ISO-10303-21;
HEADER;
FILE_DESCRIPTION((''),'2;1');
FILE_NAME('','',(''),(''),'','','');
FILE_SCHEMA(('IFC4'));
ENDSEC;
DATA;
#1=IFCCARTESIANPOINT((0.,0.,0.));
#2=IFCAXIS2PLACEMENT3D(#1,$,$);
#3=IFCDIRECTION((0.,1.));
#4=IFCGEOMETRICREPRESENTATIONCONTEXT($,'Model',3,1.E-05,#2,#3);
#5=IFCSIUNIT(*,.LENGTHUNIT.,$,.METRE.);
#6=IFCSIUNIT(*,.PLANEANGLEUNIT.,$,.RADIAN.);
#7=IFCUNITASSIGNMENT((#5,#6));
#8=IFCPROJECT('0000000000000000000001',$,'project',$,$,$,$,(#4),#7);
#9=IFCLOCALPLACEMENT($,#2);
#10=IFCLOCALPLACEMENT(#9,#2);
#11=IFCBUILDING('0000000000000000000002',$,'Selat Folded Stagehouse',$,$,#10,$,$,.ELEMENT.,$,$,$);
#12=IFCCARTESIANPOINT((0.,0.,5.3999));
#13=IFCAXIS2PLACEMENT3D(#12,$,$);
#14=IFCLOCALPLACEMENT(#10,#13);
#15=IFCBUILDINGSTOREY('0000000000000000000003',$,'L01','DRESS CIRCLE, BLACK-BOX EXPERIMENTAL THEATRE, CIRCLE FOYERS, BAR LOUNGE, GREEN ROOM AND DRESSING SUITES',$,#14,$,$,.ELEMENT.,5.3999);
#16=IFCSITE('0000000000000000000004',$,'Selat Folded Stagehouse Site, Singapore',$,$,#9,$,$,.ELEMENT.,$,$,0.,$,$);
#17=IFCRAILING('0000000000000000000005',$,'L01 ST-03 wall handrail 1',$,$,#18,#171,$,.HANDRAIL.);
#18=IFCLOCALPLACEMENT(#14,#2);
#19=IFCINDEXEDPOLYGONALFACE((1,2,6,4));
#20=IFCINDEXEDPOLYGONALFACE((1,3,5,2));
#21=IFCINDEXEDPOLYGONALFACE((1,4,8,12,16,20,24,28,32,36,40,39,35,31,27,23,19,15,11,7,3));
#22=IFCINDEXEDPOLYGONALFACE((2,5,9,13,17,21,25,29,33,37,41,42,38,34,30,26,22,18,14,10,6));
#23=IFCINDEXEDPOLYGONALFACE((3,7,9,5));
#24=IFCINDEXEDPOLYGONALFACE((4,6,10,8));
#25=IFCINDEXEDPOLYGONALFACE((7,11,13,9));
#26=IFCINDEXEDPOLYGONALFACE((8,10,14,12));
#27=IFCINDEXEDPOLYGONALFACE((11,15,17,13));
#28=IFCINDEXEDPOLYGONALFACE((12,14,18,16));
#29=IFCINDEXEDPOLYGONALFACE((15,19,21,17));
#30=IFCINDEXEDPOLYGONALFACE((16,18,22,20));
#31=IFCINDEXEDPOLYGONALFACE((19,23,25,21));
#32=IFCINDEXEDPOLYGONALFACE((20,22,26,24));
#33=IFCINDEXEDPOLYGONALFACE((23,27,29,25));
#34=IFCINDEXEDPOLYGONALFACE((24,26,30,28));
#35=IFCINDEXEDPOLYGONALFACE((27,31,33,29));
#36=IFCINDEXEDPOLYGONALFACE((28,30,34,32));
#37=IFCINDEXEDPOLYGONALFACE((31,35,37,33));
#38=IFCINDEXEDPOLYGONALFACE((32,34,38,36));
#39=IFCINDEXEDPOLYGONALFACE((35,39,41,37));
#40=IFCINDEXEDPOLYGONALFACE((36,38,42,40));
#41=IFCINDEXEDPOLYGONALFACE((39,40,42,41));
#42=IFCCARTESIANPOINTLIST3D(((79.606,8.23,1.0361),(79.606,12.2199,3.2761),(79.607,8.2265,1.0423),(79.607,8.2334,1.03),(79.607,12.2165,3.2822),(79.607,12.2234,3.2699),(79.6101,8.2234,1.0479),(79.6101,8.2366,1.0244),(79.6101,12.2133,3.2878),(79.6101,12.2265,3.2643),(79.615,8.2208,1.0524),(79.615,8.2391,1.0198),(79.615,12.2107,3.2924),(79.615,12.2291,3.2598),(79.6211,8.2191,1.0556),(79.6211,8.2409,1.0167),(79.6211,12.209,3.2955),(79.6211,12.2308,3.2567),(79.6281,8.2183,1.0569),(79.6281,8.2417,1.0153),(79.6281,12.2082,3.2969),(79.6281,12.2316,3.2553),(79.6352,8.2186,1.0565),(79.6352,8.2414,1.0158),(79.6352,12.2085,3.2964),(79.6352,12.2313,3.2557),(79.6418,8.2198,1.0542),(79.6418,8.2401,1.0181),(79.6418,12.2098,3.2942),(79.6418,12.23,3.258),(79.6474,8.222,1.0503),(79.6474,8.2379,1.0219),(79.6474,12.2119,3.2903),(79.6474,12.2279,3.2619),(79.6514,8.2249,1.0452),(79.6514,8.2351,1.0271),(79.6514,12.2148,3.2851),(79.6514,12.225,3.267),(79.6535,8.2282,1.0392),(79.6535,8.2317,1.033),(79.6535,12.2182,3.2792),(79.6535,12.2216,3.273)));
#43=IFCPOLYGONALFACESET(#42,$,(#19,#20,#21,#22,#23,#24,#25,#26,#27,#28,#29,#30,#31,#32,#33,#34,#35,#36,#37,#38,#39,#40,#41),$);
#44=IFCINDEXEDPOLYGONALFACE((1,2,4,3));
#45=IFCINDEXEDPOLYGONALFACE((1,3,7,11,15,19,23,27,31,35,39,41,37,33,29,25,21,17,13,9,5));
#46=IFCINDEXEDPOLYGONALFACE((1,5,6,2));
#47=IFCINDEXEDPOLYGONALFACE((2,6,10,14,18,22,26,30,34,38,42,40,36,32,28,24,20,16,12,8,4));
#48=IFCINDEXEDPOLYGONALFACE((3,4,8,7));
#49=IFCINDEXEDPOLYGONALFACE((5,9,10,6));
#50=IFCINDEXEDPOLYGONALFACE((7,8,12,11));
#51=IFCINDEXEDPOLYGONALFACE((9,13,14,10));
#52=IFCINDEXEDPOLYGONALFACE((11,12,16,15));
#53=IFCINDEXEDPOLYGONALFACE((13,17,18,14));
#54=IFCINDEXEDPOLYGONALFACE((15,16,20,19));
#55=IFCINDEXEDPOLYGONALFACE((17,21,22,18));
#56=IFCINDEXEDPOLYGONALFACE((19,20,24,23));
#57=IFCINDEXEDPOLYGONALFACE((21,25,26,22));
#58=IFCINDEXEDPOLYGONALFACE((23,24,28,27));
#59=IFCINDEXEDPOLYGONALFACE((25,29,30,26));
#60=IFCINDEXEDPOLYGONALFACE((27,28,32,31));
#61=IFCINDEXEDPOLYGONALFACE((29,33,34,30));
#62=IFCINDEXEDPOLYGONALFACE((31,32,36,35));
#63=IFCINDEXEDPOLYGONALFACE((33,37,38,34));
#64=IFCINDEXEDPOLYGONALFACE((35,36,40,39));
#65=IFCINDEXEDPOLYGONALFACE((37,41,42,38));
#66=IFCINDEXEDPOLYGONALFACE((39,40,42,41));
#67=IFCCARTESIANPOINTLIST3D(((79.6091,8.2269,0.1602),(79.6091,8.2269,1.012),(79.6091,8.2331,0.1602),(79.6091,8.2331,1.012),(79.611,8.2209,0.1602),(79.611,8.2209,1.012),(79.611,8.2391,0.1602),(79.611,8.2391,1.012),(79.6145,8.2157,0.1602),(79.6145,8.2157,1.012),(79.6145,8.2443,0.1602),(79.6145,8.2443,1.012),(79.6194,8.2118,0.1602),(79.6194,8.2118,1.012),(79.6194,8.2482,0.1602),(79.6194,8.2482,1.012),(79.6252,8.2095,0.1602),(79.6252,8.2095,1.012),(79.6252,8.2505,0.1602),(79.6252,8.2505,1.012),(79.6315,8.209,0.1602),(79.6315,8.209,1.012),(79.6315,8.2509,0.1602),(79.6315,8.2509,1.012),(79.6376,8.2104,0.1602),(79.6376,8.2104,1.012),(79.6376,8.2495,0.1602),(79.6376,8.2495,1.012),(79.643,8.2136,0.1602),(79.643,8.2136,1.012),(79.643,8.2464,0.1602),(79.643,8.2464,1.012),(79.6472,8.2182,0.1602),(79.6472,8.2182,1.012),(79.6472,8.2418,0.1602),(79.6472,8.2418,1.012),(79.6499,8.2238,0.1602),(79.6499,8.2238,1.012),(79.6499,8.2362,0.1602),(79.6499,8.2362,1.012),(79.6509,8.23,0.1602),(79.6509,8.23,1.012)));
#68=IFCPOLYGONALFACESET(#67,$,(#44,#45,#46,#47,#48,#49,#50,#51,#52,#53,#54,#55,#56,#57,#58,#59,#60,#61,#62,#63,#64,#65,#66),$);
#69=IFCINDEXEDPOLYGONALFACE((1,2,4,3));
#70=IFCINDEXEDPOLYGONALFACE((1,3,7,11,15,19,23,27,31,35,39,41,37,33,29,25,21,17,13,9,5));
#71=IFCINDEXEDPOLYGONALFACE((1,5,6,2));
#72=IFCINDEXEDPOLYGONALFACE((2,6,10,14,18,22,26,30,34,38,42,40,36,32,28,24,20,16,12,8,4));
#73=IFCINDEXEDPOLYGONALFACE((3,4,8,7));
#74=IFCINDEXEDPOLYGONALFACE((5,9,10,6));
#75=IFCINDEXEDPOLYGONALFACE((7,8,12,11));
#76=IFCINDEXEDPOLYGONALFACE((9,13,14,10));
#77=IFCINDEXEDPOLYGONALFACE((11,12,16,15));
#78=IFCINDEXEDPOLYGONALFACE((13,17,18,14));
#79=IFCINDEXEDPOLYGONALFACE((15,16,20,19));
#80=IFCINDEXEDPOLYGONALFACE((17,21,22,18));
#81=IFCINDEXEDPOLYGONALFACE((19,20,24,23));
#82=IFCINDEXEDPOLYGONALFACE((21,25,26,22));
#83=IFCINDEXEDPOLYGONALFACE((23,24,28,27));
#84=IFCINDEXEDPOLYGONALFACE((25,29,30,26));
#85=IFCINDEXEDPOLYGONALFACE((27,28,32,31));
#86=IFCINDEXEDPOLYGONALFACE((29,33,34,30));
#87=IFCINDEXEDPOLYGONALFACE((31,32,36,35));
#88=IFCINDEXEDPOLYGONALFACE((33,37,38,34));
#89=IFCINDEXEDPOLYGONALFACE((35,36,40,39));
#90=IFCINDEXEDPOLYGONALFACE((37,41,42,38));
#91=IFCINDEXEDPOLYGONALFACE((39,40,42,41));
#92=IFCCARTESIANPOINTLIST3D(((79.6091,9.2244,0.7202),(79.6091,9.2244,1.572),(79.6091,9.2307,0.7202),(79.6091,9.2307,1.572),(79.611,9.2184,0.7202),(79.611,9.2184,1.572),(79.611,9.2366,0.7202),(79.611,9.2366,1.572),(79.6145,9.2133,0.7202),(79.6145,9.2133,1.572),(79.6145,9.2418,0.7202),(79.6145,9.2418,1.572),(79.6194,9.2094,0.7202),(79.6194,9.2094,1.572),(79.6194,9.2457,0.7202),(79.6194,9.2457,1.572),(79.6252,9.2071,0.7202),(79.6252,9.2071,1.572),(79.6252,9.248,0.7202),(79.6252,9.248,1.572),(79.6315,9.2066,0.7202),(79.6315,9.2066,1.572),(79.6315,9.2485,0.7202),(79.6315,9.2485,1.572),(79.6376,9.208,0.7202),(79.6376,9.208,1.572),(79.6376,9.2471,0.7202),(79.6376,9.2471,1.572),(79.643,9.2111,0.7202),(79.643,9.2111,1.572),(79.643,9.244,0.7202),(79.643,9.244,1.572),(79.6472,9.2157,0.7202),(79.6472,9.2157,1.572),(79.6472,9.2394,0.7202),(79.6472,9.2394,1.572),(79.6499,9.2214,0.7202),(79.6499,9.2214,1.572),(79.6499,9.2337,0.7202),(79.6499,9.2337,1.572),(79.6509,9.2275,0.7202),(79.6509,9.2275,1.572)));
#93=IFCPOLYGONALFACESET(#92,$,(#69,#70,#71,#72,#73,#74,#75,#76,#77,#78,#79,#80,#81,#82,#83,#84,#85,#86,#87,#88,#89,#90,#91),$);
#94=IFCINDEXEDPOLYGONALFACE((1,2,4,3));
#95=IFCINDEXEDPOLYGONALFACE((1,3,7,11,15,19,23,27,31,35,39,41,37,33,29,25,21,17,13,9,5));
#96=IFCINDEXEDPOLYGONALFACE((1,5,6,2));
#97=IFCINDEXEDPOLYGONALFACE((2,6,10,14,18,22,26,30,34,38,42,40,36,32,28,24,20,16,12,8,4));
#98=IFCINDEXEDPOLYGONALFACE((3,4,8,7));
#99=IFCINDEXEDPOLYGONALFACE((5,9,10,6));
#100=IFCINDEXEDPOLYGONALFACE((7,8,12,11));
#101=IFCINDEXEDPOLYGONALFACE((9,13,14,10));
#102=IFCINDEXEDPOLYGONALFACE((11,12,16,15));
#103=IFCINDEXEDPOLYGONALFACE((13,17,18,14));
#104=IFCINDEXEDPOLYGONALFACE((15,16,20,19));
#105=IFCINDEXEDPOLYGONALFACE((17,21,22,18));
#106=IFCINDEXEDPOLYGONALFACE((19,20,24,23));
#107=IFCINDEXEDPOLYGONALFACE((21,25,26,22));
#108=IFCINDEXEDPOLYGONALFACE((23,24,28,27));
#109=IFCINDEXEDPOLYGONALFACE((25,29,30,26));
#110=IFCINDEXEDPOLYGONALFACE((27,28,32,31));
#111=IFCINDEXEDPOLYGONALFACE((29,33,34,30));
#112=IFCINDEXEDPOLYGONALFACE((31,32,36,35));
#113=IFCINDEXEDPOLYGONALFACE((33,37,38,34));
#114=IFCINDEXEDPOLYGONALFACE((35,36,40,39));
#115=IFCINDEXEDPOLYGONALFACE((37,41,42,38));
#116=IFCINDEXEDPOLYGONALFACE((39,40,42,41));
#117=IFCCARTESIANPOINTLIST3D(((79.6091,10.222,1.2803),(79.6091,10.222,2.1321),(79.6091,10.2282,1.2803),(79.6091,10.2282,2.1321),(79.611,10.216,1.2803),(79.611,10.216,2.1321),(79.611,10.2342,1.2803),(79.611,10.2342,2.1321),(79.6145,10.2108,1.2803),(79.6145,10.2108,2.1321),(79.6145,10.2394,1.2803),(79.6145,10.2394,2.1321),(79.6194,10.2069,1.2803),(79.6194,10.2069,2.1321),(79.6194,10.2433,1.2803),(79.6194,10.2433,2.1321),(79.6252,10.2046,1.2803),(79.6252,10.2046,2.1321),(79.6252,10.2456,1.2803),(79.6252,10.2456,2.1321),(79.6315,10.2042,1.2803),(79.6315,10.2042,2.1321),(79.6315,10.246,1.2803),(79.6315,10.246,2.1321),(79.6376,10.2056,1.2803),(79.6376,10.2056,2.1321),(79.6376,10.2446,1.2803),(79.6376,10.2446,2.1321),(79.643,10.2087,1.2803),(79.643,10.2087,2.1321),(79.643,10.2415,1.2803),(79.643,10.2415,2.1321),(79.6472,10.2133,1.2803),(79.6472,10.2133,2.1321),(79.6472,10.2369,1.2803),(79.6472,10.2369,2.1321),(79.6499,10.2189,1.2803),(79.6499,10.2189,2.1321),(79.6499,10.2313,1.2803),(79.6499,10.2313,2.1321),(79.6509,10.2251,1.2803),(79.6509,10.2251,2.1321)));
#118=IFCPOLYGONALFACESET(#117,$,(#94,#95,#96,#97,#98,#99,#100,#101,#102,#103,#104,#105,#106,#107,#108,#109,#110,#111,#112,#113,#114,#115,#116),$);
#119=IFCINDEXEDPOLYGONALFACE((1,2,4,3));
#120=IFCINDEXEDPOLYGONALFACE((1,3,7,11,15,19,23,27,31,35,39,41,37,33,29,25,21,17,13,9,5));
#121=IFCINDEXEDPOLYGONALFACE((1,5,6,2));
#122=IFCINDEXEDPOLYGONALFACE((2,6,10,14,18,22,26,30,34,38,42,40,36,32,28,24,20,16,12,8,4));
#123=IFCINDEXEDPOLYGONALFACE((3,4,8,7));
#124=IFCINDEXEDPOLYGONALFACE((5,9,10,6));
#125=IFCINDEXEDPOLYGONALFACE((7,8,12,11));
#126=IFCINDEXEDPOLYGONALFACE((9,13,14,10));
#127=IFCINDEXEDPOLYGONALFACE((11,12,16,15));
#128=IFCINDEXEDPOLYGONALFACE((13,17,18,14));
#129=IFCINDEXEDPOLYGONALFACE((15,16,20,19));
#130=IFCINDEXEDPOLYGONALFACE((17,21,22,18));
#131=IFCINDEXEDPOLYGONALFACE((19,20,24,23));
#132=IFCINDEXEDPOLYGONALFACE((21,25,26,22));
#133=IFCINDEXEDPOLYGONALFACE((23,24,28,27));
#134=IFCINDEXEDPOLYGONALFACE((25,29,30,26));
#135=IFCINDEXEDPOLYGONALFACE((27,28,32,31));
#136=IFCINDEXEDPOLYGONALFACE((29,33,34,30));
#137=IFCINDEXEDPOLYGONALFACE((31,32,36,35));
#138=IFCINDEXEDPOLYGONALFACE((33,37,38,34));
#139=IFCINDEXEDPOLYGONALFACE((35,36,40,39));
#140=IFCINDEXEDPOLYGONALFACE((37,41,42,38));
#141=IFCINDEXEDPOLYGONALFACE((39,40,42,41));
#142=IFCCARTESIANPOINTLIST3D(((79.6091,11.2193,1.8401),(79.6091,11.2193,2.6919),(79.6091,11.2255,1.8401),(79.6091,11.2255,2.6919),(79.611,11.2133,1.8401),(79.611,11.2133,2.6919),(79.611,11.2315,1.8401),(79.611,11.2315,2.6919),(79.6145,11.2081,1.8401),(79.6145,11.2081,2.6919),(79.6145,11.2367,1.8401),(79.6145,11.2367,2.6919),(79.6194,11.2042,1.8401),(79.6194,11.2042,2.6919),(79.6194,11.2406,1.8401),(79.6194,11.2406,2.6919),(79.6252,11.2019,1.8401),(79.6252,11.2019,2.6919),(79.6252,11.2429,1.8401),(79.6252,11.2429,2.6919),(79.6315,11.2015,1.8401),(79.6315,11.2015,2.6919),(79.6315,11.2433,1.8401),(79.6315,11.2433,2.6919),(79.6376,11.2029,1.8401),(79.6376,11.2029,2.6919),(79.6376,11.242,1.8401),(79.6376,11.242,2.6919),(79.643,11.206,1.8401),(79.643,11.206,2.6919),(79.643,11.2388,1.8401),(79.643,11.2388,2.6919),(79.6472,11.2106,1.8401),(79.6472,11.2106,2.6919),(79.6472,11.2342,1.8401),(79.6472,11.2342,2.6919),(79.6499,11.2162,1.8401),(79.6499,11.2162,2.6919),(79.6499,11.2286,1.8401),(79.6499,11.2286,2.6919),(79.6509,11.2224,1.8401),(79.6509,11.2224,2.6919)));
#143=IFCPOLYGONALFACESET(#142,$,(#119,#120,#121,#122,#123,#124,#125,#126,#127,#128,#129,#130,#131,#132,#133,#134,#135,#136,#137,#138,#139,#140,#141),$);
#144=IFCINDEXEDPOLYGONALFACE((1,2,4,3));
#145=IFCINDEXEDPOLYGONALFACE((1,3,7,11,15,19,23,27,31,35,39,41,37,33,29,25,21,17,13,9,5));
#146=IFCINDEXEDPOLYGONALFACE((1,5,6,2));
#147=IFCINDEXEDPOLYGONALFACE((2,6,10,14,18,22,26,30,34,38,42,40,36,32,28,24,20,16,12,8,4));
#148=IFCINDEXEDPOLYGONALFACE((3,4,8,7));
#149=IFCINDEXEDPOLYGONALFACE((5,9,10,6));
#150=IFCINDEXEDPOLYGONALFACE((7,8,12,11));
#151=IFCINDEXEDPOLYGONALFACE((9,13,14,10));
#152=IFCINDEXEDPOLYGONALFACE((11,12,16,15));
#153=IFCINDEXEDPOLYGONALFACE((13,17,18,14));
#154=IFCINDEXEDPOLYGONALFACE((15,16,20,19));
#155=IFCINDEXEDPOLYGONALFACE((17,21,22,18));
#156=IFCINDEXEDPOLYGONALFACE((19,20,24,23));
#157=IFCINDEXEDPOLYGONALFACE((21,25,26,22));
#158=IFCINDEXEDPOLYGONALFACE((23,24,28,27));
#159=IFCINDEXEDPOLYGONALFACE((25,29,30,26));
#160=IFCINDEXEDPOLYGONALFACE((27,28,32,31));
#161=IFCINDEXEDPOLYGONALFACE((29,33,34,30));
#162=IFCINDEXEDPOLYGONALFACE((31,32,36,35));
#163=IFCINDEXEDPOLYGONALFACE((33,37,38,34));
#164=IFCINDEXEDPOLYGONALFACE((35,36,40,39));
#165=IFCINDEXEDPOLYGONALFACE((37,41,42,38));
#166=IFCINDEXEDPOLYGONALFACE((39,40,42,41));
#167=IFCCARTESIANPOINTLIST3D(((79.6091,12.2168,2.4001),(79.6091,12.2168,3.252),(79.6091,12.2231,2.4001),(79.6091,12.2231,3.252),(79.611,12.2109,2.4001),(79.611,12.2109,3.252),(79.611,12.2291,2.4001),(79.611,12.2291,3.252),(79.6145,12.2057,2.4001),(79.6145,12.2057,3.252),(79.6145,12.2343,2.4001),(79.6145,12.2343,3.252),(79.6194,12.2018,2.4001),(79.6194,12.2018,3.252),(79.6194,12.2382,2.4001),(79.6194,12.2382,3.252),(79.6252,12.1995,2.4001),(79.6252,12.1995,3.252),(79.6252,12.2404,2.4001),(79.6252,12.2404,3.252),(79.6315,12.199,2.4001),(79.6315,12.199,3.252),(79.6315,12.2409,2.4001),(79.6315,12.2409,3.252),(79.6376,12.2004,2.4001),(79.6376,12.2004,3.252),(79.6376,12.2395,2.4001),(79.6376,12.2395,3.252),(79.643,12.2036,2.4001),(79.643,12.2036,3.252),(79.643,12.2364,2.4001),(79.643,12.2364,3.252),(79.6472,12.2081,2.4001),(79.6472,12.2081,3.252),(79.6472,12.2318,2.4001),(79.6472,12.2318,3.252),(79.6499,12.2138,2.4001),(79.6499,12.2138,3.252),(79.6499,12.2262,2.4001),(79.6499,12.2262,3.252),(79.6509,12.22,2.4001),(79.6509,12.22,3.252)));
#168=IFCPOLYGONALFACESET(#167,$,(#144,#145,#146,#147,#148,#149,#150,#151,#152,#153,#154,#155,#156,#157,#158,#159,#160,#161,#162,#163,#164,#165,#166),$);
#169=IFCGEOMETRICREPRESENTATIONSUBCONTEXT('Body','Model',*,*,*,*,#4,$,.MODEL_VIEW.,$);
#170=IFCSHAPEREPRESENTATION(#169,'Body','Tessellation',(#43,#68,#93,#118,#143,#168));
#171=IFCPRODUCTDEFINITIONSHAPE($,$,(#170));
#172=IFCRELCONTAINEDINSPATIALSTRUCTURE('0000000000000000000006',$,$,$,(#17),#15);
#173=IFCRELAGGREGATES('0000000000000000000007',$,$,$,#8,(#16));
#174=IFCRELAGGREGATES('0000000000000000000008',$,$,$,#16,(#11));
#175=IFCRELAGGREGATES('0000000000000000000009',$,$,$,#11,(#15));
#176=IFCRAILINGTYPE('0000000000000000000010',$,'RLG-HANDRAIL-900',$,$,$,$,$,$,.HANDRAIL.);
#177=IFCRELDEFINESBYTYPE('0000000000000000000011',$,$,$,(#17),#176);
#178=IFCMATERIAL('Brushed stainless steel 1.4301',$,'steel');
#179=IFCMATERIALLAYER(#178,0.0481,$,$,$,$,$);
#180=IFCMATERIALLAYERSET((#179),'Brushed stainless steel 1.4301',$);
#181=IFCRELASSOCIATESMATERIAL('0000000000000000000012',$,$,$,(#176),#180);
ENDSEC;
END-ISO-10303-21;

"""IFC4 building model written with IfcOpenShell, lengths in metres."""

from ifc_helpers import new_model, si_unit, direction, frame, origin, origin_2d, place, context, subcontext, project, spatial, circle, extrude, material, layer, layer_set, type_object, element, save


model = new_model("IFC4")

# Units and contexts
model_context = context("Model", 3, precision=1e-05, world=origin(), true_north=direction((0.0, 1.0)))
body_context = subcontext(model_context, "Body", "Model", "MODEL_VIEW")
ifc_project = project(units=[si_unit("LENGTHUNIT", "METRE"), si_unit("PLANEANGLEUNIT", "RADIAN")], contexts=[model_context])

# Site, building, storey
site_placement = place(None, origin())
site = spatial("IfcSite", under=ifc_project, at=site_placement, Name="Selat Folded Stagehouse Site, Singapore", CompositionType="ELEMENT", RefElevation=0.0)
building_placement = place(site_placement, origin())
building = spatial("IfcBuilding", under=site, at=building_placement, Name="Selat Folded Stagehouse", CompositionType="ELEMENT")
storey_placement = place(building_placement, frame((0.0, 0.0, 5.3999)))
storey = spatial("IfcBuildingStorey", under=building, at=storey_placement, Name="L01", Description="DRESS CIRCLE, BLACK-BOX EXPERIMENTAL THEATRE, CIRCLE FOYERS, BAR LOUNGE, GREEN ROOM AND DRESSING SUITES", CompositionType="ELEMENT", Elevation=5.3999)

# Railing
ifc_material_1 = material(Name="Brushed stainless steel 1.4301", Category="steel")
ifc_layer_1 = layer(ifc_material_1, 0.0481)
ifc_layer_set_1 = layer_set([ifc_layer_1], Name="Brushed stainless steel 1.4301")
railing_type_1 = type_object("IfcRailingType", Name="RLG-HANDRAIL-900", PredefinedType="HANDRAIL", material=ifc_layer_set_1)
railing_1_placement = place(storey_placement, frame((79.6299, 8.23, 0.1602)))
element("IfcRailing", 1, at=railing_1_placement, inside=storey, type_object=railing_type_1, Name="L01 ST-03 wall handrail 1", PredefinedType="HANDRAIL", context=body_context, shape_type="SweptSolid", body=[
    extrude(circle(Radius=0.0239, at=origin_2d()), frame((0.0, 0.0, 0.876), z_axis=(0.0, 0.871984, 0.489534), x_axis=(-1.0, 0.0, 0.0)), (0.0, 0.0, 1.0), 4.5757),
    extrude(circle(Radius=0.021, at=origin_2d()), origin(), (0.0, 0.0, 1.0), 0.8518),
    extrude(circle(Radius=0.021, at=origin_2d()), frame((0.0, 0.9976, 0.5601)), (0.0, 0.0, 1.0), 0.8518),
    extrude(circle(Radius=0.021, at=origin_2d()), frame((0.0, 1.9951, 1.1201)), (0.0, 0.0, 1.0), 0.8518),
    extrude(circle(Radius=0.021, at=origin_2d()), frame((0.0, 2.9924, 1.6799)), (0.0, 0.0, 1.0), 0.8518),
    extrude(circle(Radius=0.021, at=origin_2d()), frame((0.0, 3.99, 2.24)), (0.0, 0.0, 1.0), 0.8518),
])

save(model, "model.ifc")
